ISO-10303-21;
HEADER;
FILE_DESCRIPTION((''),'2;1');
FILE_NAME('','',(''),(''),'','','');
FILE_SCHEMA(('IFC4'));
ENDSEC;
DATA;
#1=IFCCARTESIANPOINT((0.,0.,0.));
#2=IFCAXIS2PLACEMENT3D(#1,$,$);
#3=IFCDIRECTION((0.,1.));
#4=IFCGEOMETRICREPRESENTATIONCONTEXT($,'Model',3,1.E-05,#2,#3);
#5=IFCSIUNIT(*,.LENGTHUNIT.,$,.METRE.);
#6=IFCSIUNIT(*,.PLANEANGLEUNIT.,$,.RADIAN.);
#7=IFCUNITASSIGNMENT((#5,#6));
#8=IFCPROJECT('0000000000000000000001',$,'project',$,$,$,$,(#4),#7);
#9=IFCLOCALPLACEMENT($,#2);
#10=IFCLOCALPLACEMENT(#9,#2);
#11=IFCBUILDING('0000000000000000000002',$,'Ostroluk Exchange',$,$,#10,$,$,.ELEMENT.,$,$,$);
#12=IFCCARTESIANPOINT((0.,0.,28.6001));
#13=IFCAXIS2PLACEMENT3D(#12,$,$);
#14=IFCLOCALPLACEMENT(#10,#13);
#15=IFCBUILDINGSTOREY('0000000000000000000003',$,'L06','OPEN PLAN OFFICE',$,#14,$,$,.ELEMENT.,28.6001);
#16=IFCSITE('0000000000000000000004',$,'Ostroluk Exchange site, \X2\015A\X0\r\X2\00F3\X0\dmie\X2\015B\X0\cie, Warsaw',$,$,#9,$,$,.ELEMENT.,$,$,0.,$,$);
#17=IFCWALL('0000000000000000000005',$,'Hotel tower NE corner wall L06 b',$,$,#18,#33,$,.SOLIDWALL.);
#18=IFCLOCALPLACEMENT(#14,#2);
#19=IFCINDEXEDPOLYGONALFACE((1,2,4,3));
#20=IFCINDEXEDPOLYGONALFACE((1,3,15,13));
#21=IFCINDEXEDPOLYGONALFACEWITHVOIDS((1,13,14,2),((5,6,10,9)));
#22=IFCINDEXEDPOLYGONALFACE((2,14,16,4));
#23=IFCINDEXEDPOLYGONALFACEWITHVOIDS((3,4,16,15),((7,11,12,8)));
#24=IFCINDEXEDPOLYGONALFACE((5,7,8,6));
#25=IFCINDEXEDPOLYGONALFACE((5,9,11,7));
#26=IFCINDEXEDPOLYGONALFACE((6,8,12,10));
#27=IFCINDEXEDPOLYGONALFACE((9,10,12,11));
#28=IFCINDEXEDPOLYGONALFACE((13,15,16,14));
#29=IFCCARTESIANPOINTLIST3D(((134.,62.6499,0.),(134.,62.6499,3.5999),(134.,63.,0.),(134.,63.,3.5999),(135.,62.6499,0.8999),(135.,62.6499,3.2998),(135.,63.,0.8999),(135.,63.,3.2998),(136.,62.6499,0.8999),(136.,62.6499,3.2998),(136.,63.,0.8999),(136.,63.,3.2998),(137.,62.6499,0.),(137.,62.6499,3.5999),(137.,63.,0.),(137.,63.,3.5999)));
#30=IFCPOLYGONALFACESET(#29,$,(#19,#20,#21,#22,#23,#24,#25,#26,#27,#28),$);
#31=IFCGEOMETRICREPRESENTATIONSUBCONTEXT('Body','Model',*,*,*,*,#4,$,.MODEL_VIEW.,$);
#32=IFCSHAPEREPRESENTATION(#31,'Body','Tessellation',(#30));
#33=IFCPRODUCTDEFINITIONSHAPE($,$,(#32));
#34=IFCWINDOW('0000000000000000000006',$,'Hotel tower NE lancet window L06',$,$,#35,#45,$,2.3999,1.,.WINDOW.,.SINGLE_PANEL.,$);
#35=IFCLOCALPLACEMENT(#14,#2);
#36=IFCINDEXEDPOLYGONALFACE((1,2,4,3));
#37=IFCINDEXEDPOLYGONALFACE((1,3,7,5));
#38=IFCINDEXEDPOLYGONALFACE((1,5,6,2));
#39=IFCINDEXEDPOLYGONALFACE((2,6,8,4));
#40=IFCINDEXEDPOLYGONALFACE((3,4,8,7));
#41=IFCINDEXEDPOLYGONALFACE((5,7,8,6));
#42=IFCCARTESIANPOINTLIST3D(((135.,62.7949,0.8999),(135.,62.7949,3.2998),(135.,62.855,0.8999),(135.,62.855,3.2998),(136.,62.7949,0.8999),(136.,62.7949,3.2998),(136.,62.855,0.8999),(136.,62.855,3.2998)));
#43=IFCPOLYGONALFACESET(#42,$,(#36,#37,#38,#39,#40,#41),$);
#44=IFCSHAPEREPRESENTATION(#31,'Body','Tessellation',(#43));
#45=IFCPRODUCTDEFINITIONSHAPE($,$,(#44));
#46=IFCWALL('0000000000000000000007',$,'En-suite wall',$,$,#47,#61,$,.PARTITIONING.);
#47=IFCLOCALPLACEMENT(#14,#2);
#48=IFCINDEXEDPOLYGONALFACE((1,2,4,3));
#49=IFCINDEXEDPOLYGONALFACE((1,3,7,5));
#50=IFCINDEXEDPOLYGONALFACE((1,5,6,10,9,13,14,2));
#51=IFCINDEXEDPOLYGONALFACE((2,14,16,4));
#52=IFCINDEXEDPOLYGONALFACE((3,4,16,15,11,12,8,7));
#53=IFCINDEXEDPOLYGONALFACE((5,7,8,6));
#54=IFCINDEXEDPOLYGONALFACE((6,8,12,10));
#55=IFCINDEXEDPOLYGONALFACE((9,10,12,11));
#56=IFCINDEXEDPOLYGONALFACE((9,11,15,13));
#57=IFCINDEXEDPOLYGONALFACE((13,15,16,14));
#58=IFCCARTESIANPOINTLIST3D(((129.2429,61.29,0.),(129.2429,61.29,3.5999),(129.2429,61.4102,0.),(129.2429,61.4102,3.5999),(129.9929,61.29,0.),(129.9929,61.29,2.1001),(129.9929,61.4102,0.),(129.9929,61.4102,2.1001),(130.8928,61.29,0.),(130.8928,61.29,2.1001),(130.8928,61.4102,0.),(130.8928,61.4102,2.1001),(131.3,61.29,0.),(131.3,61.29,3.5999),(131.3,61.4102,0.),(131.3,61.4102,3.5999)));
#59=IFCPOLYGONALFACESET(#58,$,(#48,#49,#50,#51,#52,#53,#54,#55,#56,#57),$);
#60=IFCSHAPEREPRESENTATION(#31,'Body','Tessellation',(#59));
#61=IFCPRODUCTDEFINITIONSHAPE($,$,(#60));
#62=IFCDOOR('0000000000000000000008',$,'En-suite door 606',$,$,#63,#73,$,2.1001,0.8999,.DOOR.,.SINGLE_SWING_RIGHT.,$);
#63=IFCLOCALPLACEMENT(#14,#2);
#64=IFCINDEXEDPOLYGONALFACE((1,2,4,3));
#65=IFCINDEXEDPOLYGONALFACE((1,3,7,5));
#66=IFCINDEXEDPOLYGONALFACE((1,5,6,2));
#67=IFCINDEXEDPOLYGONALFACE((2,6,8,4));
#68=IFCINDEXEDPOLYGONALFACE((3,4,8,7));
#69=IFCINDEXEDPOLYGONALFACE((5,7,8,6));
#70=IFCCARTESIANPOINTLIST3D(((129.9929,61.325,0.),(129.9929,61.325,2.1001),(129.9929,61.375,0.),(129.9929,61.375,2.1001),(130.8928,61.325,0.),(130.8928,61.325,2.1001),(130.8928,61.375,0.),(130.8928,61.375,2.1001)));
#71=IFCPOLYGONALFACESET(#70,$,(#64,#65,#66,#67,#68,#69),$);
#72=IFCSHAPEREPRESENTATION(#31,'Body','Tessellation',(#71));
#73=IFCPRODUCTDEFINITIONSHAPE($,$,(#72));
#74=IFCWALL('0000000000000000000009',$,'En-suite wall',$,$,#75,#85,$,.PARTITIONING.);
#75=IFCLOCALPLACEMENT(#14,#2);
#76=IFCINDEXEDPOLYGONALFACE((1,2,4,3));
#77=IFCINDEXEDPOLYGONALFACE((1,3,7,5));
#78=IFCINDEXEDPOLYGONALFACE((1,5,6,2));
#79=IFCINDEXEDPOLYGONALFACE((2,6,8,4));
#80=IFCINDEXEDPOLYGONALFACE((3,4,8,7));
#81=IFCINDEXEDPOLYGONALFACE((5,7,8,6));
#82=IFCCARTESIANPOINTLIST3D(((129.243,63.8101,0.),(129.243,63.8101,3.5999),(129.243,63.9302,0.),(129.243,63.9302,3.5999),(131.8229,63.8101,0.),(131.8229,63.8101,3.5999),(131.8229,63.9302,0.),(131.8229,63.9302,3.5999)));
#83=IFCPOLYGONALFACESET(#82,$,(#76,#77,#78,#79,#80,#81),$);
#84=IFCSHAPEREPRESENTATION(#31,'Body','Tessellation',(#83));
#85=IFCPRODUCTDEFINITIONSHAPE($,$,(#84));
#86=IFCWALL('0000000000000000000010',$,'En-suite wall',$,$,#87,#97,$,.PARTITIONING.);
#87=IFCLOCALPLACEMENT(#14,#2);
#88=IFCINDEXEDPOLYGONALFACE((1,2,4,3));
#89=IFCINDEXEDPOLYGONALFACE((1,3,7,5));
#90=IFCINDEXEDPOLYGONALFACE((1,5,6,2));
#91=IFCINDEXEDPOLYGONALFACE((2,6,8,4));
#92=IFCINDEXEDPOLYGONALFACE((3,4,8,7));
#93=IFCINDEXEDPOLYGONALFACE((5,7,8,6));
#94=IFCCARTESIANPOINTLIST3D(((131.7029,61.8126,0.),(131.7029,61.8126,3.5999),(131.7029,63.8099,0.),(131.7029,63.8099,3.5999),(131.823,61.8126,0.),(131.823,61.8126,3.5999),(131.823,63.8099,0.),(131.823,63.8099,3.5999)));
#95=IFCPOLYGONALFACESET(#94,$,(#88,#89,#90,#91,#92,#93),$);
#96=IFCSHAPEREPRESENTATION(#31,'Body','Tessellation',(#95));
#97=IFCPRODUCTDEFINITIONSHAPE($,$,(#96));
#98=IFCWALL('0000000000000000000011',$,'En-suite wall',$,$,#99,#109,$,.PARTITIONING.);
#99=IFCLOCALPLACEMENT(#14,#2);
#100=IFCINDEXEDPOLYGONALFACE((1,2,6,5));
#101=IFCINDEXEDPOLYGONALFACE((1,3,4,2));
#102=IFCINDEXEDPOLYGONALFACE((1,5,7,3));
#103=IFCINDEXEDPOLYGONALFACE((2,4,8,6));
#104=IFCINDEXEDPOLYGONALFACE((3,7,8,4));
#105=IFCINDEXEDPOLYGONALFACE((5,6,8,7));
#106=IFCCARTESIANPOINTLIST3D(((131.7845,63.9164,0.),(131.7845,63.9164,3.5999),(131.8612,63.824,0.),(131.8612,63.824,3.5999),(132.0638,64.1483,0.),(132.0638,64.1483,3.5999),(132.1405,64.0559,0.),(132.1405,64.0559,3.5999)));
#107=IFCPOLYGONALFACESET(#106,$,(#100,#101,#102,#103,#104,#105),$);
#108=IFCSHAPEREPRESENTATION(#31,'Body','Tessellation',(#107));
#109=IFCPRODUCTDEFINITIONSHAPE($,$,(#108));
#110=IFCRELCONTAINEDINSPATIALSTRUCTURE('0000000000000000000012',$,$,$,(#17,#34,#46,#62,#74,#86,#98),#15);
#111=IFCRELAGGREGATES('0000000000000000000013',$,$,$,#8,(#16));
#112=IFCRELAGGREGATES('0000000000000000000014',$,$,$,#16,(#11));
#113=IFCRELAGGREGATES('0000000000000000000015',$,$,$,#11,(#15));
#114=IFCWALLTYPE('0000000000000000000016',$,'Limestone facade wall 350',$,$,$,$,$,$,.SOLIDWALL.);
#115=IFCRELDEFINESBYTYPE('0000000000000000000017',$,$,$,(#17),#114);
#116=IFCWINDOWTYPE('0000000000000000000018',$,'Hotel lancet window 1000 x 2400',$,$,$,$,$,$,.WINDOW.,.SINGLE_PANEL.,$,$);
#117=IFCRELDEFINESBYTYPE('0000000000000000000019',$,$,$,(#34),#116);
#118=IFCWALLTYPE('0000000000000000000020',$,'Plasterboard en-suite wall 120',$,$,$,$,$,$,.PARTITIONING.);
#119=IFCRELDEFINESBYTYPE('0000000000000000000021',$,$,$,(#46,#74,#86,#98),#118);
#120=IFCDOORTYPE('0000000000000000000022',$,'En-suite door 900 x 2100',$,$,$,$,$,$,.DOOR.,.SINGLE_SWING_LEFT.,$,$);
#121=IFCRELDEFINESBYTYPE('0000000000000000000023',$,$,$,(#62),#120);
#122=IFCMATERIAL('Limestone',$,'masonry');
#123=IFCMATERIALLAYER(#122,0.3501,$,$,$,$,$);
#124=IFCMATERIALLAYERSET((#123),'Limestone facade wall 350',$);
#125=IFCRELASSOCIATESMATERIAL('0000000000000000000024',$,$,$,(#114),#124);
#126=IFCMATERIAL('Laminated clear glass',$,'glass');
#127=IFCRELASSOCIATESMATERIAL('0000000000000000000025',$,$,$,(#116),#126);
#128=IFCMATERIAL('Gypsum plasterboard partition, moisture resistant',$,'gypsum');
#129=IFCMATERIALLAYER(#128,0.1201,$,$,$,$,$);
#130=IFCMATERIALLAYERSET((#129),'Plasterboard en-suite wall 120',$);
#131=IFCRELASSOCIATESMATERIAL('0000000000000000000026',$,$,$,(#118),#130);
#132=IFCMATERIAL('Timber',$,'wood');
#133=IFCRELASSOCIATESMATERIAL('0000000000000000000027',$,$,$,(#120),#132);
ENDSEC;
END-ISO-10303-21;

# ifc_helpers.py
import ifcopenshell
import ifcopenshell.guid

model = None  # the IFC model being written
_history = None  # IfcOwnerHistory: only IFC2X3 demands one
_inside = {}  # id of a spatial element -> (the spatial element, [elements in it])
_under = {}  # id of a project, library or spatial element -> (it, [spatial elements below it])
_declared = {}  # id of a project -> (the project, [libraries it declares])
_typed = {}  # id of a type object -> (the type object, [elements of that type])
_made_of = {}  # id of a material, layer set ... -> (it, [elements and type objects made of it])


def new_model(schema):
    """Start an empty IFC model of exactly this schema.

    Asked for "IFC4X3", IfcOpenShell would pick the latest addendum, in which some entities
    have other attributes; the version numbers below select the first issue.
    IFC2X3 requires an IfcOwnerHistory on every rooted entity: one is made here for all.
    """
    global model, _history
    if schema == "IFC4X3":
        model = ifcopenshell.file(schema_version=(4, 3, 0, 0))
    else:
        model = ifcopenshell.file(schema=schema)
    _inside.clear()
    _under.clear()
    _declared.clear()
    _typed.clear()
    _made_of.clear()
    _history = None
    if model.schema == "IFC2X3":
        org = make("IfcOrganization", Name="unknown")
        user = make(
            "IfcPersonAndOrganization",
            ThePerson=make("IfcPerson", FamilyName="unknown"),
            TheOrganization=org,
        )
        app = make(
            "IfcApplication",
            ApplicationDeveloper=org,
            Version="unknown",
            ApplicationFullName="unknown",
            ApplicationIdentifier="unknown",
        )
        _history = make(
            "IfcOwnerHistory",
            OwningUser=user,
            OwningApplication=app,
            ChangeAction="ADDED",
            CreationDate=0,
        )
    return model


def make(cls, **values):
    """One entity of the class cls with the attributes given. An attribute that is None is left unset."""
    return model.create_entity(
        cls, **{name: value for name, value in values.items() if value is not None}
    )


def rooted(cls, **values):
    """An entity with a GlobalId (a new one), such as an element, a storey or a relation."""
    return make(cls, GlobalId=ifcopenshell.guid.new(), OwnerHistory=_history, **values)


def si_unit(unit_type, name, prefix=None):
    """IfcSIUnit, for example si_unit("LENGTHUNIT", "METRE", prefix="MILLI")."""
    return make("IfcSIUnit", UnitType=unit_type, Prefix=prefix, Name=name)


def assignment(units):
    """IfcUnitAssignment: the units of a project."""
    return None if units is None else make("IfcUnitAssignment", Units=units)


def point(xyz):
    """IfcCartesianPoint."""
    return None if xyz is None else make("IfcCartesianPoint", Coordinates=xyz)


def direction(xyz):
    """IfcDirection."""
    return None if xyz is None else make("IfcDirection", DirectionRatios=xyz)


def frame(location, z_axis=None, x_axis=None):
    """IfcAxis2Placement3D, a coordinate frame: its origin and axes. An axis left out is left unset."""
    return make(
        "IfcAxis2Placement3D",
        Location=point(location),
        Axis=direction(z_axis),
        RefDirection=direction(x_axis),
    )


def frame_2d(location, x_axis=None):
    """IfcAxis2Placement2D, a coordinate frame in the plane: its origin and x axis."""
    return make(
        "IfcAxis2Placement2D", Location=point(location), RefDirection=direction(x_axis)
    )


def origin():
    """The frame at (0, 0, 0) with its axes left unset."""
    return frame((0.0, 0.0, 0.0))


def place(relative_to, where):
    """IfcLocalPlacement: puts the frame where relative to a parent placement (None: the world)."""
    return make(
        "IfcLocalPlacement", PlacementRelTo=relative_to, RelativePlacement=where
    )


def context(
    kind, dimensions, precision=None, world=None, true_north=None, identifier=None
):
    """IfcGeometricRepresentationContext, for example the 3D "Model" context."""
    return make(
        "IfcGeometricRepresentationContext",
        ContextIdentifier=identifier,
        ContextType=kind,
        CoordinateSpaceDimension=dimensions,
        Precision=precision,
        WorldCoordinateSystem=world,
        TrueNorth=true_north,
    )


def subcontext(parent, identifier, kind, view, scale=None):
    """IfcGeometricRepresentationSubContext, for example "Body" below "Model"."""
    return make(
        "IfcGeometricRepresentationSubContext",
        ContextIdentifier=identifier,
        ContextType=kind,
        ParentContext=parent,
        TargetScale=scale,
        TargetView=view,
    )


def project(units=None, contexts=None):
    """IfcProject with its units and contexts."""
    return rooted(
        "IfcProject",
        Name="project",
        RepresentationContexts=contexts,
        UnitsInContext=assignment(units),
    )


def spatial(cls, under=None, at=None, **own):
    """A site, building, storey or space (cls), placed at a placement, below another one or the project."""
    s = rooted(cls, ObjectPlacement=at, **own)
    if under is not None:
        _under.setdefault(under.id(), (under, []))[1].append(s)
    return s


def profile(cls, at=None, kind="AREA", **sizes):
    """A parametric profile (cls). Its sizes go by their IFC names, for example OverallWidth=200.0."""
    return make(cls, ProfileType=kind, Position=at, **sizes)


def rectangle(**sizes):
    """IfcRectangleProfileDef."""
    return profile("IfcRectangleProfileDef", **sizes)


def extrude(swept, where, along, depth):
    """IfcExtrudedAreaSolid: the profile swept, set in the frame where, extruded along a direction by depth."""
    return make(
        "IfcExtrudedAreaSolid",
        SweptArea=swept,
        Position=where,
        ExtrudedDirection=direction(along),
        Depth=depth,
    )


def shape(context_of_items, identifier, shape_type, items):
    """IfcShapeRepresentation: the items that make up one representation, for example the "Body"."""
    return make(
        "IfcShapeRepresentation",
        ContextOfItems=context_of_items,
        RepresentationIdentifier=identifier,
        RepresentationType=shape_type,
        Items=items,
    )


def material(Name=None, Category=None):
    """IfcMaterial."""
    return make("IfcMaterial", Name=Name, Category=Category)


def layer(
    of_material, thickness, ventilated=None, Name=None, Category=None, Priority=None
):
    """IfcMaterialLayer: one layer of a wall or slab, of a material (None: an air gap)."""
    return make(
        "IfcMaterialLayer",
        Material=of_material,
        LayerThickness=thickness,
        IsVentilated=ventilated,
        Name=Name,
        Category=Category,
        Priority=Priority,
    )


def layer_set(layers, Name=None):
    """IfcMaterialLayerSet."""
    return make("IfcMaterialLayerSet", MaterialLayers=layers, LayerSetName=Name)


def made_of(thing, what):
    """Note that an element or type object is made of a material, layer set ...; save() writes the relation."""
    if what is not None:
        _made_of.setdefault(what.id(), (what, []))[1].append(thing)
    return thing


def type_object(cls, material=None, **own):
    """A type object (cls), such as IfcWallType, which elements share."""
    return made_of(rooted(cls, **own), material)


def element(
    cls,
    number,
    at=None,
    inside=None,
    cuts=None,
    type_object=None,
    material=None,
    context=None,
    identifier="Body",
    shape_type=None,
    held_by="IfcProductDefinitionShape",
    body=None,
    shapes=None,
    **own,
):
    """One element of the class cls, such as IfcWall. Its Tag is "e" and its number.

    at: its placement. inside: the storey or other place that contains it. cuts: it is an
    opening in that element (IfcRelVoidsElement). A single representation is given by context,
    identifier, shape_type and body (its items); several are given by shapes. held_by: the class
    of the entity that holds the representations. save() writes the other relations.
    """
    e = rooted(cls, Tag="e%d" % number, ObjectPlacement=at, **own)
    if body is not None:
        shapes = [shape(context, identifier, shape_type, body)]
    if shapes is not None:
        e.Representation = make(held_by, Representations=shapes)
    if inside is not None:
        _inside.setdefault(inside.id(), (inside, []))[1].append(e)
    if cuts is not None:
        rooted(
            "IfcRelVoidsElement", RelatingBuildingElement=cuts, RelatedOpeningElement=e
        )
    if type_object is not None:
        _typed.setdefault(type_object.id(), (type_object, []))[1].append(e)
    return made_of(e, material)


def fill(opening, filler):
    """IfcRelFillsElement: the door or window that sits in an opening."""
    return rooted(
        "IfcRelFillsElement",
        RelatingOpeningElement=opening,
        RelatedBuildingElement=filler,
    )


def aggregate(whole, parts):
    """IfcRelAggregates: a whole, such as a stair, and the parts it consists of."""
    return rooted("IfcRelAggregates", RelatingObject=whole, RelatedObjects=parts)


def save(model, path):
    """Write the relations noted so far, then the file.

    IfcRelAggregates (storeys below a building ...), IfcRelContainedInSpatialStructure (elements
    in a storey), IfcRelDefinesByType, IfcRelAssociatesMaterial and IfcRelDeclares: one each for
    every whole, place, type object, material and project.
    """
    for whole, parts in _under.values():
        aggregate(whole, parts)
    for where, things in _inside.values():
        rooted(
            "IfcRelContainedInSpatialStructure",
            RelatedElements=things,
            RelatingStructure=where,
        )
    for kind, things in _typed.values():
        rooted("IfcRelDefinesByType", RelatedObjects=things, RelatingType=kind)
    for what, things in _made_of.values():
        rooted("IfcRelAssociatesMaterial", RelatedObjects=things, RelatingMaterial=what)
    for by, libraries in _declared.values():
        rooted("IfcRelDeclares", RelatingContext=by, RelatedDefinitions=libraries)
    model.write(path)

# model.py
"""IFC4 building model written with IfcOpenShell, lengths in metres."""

from ifc_helpers import new_model, si_unit, direction, frame, frame_2d, origin, place, context, subcontext, project, spatial, rectangle, extrude, material, layer, layer_set, type_object, element, fill, save


model = new_model("IFC4")

# Units and contexts
model_context = context("Model", 3, precision=1e-05, world=origin(), true_north=direction((0.0, 1.0)))
body_context = subcontext(model_context, "Body", "Model", "MODEL_VIEW")
ifc_project = project(units=[si_unit("LENGTHUNIT", "METRE"), si_unit("PLANEANGLEUNIT", "RADIAN")], contexts=[model_context])

# Site, building, storey
site_placement = place(None, origin())
site = spatial("IfcSite", under=ifc_project, at=site_placement, Name="Ostroluk Exchange site, Śródmieście, Warsaw", CompositionType="ELEMENT", RefElevation=0.0)
building_placement = place(site_placement, origin())
building = spatial("IfcBuilding", under=site, at=building_placement, Name="Ostroluk Exchange", CompositionType="ELEMENT")
storey_placement = place(building_placement, frame((0.0, 0.0, 28.6001)))
storey = spatial("IfcBuildingStorey", under=building, at=storey_placement, Name="L06", Description="OPEN PLAN OFFICE", CompositionType="ELEMENT", Elevation=28.6001)

# Shared definitions
ifc_material_1 = material(Name="Limestone", Category="masonry")
ifc_layer_1 = layer(ifc_material_1, 0.3501)
ifc_layer_set_1 = layer_set([ifc_layer_1], Name="Limestone facade wall 350")
wall_type_1 = type_object("IfcWallType", Name="Limestone facade wall 350", PredefinedType="SOLIDWALL", material=ifc_layer_set_1)

# Wall, opening, window
wall_1_placement = place(storey_placement, frame((134.0, 62.825, 0.0), z_axis=(0.0, 0.0, 1.0), x_axis=(1.0, 0.0, 0.0)))
wall_1 = element("IfcWall", 1, at=wall_1_placement, inside=storey, type_object=wall_type_1, Name="Hotel tower NE corner wall L06 b", PredefinedType="SOLIDWALL", context=body_context, shape_type="SweptSolid", body=[
    extrude(rectangle(XDim=3.0, YDim=0.3501, at=frame_2d((1.5, 0.0))), origin(), (0.0, 0.0, 1.0), 3.5999),
])
opening_1_placement = place(wall_1_placement, frame((1.0, 0.0, 0.8999)))
opening_1 = element("IfcOpeningElement", 2, at=opening_1_placement, cuts=wall_1, PredefinedType="OPENING", context=body_context, shape_type="SweptSolid", body=[
    extrude(rectangle(XDim=1.0, YDim=2.3999, at=frame_2d((0.5, 1.2))), frame((0.0, 0.1851, 0.0), z_axis=(0.0, -1.0, 0.0), x_axis=(1.0, 0.0, 0.0)), (0.0, 0.0, 1.0), 0.3701),
])
ifc_material_2 = material(Name="Laminated clear glass", Category="glass")
window_type = type_object("IfcWindowType", Name="Hotel lancet window 1000 x 2400", PartitioningType="SINGLE_PANEL", PredefinedType="WINDOW", material=ifc_material_2)
window_placement = place(opening_1_placement, origin())
window = element("IfcWindow", 3, at=window_placement, inside=storey, type_object=window_type, Name="Hotel tower NE lancet window L06", OverallHeight=2.3999, OverallWidth=1.0, PartitioningType="SINGLE_PANEL", PredefinedType="WINDOW", context=body_context, shape_type="SweptSolid", body=[
    extrude(rectangle(XDim=1.0, YDim=2.3999, at=frame_2d((0.5, 1.2))), frame((0.0, 0.03, 0.0), z_axis=(0.0, -1.0, 0.0), x_axis=(1.0, 0.0, 0.0)), (0.0, 0.0, 1.0), 0.0601),
])
fill(opening_1, window)

# Wall, opening, door
ifc_material_3 = material(Name="Gypsum plasterboard partition, moisture resistant", Category="gypsum")
ifc_layer_2 = layer(ifc_material_3, 0.1201)
ifc_layer_set_2 = layer_set([ifc_layer_2], Name="Plasterboard en-suite wall 120")
wall_type_2 = type_object("IfcWallType", Name="Plasterboard en-suite wall 120", PredefinedType="PARTITIONING", material=ifc_layer_set_2)
wall_2_placement = place(storey_placement, frame((129.2429, 61.3501, 0.0), z_axis=(0.0, 0.0, 1.0), x_axis=(1.0, 0.0, 0.0)))
wall_2 = element("IfcWall", 4, at=wall_2_placement, inside=storey, type_object=wall_type_2, Name="En-suite wall", PredefinedType="PARTITIONING", context=body_context, shape_type="SweptSolid", body=[
    extrude(rectangle(XDim=2.0571, YDim=0.1201, at=frame_2d((1.0286, 0.0))), origin(), (0.0, 0.0, 1.0), 3.5999),
])
opening_2_placement = place(wall_2_placement, frame((0.75, 0.0, 0.0)))
opening_2 = element("IfcOpeningElement", 5, at=opening_2_placement, cuts=wall_2, PredefinedType="OPENING", context=body_context, shape_type="SweptSolid", body=[
    extrude(rectangle(XDim=0.8999, YDim=2.1001, at=frame_2d((0.45, 1.05))), frame((0.0, 0.0701, 0.0), z_axis=(0.0, -1.0, 0.0), x_axis=(1.0, 0.0, 0.0)), (0.0, 0.0, 1.0), 0.1401),
])
ifc_material_4 = material(Name="Timber", Category="wood")
door_type_1 = type_object("IfcDoorType", Name="En-suite door 900 x 2100", OperationType="SINGLE_SWING_LEFT", PredefinedType="DOOR", material=ifc_material_4)
door_1_placement = place(opening_2_placement, origin())
door_1 = element("IfcDoor", 6, at=door_1_placement, inside=storey, type_object=door_type_1, Name="En-suite door 606", OperationType="SINGLE_SWING_RIGHT", OverallHeight=2.1001, OverallWidth=0.8999, PredefinedType="DOOR", context=body_context, shape_type="SweptSolid", body=[
    extrude(rectangle(XDim=0.8999, YDim=2.1001, at=frame_2d((0.45, 1.05))), frame((0.0, 0.0249, 0.0), z_axis=(0.0, -1.0, 0.0), x_axis=(1.0, 0.0, 0.0)), (0.0, 0.0, 1.0), 0.05),
])
fill(opening_2, door_1)

# Walls
wall_3_placement = place(storey_placement, frame((129.2429, 63.8701, 0.0), z_axis=(0.0, 0.0, 1.0), x_axis=(1.0, 0.0, 0.0)))
element("IfcWall", 7, at=wall_3_placement, inside=storey, type_object=wall_type_2, Name="En-suite wall", PredefinedType="PARTITIONING", context=body_context, shape_type="SweptSolid", body=[
    extrude(rectangle(XDim=2.5798, YDim=0.1201, at=frame_2d((1.29, 0.0))), origin(), (0.0, 0.0, 1.0), 3.5999),
])
wall_4_placement = place(storey_placement, frame((131.7629, 61.8127, 0.0), z_axis=(0.0, 0.0, 1.0), x_axis=(0.0, 1.0, 0.0)))
element("IfcWall", 8, at=wall_4_placement, inside=storey, type_object=wall_type_2, Name="En-suite wall", PredefinedType="PARTITIONING", context=body_context, shape_type="SweptSolid", body=[
    extrude(rectangle(XDim=1.9973, YDim=0.1201, at=frame_2d((0.9985, 0.0))), origin(), (0.0, 0.0, 1.0), 3.5999),
])
wall_5_placement = place(storey_placement, frame((131.8228, 63.8701, 0.0), z_axis=(0.0, 0.0, 1.0), x_axis=(0.769323, 0.638861, 0.0)))
element("IfcWall", 9, at=wall_5_placement, inside=storey, type_object=wall_type_2, Name="En-suite wall", PredefinedType="PARTITIONING", context=body_context, shape_type="SweptSolid", body=[
    extrude(rectangle(XDim=0.363, YDim=0.1201, at=frame_2d((0.1816, 0.0))), origin(), (0.0, 0.0, 1.0), 3.5999),
])

save(model, "model.ifc")
